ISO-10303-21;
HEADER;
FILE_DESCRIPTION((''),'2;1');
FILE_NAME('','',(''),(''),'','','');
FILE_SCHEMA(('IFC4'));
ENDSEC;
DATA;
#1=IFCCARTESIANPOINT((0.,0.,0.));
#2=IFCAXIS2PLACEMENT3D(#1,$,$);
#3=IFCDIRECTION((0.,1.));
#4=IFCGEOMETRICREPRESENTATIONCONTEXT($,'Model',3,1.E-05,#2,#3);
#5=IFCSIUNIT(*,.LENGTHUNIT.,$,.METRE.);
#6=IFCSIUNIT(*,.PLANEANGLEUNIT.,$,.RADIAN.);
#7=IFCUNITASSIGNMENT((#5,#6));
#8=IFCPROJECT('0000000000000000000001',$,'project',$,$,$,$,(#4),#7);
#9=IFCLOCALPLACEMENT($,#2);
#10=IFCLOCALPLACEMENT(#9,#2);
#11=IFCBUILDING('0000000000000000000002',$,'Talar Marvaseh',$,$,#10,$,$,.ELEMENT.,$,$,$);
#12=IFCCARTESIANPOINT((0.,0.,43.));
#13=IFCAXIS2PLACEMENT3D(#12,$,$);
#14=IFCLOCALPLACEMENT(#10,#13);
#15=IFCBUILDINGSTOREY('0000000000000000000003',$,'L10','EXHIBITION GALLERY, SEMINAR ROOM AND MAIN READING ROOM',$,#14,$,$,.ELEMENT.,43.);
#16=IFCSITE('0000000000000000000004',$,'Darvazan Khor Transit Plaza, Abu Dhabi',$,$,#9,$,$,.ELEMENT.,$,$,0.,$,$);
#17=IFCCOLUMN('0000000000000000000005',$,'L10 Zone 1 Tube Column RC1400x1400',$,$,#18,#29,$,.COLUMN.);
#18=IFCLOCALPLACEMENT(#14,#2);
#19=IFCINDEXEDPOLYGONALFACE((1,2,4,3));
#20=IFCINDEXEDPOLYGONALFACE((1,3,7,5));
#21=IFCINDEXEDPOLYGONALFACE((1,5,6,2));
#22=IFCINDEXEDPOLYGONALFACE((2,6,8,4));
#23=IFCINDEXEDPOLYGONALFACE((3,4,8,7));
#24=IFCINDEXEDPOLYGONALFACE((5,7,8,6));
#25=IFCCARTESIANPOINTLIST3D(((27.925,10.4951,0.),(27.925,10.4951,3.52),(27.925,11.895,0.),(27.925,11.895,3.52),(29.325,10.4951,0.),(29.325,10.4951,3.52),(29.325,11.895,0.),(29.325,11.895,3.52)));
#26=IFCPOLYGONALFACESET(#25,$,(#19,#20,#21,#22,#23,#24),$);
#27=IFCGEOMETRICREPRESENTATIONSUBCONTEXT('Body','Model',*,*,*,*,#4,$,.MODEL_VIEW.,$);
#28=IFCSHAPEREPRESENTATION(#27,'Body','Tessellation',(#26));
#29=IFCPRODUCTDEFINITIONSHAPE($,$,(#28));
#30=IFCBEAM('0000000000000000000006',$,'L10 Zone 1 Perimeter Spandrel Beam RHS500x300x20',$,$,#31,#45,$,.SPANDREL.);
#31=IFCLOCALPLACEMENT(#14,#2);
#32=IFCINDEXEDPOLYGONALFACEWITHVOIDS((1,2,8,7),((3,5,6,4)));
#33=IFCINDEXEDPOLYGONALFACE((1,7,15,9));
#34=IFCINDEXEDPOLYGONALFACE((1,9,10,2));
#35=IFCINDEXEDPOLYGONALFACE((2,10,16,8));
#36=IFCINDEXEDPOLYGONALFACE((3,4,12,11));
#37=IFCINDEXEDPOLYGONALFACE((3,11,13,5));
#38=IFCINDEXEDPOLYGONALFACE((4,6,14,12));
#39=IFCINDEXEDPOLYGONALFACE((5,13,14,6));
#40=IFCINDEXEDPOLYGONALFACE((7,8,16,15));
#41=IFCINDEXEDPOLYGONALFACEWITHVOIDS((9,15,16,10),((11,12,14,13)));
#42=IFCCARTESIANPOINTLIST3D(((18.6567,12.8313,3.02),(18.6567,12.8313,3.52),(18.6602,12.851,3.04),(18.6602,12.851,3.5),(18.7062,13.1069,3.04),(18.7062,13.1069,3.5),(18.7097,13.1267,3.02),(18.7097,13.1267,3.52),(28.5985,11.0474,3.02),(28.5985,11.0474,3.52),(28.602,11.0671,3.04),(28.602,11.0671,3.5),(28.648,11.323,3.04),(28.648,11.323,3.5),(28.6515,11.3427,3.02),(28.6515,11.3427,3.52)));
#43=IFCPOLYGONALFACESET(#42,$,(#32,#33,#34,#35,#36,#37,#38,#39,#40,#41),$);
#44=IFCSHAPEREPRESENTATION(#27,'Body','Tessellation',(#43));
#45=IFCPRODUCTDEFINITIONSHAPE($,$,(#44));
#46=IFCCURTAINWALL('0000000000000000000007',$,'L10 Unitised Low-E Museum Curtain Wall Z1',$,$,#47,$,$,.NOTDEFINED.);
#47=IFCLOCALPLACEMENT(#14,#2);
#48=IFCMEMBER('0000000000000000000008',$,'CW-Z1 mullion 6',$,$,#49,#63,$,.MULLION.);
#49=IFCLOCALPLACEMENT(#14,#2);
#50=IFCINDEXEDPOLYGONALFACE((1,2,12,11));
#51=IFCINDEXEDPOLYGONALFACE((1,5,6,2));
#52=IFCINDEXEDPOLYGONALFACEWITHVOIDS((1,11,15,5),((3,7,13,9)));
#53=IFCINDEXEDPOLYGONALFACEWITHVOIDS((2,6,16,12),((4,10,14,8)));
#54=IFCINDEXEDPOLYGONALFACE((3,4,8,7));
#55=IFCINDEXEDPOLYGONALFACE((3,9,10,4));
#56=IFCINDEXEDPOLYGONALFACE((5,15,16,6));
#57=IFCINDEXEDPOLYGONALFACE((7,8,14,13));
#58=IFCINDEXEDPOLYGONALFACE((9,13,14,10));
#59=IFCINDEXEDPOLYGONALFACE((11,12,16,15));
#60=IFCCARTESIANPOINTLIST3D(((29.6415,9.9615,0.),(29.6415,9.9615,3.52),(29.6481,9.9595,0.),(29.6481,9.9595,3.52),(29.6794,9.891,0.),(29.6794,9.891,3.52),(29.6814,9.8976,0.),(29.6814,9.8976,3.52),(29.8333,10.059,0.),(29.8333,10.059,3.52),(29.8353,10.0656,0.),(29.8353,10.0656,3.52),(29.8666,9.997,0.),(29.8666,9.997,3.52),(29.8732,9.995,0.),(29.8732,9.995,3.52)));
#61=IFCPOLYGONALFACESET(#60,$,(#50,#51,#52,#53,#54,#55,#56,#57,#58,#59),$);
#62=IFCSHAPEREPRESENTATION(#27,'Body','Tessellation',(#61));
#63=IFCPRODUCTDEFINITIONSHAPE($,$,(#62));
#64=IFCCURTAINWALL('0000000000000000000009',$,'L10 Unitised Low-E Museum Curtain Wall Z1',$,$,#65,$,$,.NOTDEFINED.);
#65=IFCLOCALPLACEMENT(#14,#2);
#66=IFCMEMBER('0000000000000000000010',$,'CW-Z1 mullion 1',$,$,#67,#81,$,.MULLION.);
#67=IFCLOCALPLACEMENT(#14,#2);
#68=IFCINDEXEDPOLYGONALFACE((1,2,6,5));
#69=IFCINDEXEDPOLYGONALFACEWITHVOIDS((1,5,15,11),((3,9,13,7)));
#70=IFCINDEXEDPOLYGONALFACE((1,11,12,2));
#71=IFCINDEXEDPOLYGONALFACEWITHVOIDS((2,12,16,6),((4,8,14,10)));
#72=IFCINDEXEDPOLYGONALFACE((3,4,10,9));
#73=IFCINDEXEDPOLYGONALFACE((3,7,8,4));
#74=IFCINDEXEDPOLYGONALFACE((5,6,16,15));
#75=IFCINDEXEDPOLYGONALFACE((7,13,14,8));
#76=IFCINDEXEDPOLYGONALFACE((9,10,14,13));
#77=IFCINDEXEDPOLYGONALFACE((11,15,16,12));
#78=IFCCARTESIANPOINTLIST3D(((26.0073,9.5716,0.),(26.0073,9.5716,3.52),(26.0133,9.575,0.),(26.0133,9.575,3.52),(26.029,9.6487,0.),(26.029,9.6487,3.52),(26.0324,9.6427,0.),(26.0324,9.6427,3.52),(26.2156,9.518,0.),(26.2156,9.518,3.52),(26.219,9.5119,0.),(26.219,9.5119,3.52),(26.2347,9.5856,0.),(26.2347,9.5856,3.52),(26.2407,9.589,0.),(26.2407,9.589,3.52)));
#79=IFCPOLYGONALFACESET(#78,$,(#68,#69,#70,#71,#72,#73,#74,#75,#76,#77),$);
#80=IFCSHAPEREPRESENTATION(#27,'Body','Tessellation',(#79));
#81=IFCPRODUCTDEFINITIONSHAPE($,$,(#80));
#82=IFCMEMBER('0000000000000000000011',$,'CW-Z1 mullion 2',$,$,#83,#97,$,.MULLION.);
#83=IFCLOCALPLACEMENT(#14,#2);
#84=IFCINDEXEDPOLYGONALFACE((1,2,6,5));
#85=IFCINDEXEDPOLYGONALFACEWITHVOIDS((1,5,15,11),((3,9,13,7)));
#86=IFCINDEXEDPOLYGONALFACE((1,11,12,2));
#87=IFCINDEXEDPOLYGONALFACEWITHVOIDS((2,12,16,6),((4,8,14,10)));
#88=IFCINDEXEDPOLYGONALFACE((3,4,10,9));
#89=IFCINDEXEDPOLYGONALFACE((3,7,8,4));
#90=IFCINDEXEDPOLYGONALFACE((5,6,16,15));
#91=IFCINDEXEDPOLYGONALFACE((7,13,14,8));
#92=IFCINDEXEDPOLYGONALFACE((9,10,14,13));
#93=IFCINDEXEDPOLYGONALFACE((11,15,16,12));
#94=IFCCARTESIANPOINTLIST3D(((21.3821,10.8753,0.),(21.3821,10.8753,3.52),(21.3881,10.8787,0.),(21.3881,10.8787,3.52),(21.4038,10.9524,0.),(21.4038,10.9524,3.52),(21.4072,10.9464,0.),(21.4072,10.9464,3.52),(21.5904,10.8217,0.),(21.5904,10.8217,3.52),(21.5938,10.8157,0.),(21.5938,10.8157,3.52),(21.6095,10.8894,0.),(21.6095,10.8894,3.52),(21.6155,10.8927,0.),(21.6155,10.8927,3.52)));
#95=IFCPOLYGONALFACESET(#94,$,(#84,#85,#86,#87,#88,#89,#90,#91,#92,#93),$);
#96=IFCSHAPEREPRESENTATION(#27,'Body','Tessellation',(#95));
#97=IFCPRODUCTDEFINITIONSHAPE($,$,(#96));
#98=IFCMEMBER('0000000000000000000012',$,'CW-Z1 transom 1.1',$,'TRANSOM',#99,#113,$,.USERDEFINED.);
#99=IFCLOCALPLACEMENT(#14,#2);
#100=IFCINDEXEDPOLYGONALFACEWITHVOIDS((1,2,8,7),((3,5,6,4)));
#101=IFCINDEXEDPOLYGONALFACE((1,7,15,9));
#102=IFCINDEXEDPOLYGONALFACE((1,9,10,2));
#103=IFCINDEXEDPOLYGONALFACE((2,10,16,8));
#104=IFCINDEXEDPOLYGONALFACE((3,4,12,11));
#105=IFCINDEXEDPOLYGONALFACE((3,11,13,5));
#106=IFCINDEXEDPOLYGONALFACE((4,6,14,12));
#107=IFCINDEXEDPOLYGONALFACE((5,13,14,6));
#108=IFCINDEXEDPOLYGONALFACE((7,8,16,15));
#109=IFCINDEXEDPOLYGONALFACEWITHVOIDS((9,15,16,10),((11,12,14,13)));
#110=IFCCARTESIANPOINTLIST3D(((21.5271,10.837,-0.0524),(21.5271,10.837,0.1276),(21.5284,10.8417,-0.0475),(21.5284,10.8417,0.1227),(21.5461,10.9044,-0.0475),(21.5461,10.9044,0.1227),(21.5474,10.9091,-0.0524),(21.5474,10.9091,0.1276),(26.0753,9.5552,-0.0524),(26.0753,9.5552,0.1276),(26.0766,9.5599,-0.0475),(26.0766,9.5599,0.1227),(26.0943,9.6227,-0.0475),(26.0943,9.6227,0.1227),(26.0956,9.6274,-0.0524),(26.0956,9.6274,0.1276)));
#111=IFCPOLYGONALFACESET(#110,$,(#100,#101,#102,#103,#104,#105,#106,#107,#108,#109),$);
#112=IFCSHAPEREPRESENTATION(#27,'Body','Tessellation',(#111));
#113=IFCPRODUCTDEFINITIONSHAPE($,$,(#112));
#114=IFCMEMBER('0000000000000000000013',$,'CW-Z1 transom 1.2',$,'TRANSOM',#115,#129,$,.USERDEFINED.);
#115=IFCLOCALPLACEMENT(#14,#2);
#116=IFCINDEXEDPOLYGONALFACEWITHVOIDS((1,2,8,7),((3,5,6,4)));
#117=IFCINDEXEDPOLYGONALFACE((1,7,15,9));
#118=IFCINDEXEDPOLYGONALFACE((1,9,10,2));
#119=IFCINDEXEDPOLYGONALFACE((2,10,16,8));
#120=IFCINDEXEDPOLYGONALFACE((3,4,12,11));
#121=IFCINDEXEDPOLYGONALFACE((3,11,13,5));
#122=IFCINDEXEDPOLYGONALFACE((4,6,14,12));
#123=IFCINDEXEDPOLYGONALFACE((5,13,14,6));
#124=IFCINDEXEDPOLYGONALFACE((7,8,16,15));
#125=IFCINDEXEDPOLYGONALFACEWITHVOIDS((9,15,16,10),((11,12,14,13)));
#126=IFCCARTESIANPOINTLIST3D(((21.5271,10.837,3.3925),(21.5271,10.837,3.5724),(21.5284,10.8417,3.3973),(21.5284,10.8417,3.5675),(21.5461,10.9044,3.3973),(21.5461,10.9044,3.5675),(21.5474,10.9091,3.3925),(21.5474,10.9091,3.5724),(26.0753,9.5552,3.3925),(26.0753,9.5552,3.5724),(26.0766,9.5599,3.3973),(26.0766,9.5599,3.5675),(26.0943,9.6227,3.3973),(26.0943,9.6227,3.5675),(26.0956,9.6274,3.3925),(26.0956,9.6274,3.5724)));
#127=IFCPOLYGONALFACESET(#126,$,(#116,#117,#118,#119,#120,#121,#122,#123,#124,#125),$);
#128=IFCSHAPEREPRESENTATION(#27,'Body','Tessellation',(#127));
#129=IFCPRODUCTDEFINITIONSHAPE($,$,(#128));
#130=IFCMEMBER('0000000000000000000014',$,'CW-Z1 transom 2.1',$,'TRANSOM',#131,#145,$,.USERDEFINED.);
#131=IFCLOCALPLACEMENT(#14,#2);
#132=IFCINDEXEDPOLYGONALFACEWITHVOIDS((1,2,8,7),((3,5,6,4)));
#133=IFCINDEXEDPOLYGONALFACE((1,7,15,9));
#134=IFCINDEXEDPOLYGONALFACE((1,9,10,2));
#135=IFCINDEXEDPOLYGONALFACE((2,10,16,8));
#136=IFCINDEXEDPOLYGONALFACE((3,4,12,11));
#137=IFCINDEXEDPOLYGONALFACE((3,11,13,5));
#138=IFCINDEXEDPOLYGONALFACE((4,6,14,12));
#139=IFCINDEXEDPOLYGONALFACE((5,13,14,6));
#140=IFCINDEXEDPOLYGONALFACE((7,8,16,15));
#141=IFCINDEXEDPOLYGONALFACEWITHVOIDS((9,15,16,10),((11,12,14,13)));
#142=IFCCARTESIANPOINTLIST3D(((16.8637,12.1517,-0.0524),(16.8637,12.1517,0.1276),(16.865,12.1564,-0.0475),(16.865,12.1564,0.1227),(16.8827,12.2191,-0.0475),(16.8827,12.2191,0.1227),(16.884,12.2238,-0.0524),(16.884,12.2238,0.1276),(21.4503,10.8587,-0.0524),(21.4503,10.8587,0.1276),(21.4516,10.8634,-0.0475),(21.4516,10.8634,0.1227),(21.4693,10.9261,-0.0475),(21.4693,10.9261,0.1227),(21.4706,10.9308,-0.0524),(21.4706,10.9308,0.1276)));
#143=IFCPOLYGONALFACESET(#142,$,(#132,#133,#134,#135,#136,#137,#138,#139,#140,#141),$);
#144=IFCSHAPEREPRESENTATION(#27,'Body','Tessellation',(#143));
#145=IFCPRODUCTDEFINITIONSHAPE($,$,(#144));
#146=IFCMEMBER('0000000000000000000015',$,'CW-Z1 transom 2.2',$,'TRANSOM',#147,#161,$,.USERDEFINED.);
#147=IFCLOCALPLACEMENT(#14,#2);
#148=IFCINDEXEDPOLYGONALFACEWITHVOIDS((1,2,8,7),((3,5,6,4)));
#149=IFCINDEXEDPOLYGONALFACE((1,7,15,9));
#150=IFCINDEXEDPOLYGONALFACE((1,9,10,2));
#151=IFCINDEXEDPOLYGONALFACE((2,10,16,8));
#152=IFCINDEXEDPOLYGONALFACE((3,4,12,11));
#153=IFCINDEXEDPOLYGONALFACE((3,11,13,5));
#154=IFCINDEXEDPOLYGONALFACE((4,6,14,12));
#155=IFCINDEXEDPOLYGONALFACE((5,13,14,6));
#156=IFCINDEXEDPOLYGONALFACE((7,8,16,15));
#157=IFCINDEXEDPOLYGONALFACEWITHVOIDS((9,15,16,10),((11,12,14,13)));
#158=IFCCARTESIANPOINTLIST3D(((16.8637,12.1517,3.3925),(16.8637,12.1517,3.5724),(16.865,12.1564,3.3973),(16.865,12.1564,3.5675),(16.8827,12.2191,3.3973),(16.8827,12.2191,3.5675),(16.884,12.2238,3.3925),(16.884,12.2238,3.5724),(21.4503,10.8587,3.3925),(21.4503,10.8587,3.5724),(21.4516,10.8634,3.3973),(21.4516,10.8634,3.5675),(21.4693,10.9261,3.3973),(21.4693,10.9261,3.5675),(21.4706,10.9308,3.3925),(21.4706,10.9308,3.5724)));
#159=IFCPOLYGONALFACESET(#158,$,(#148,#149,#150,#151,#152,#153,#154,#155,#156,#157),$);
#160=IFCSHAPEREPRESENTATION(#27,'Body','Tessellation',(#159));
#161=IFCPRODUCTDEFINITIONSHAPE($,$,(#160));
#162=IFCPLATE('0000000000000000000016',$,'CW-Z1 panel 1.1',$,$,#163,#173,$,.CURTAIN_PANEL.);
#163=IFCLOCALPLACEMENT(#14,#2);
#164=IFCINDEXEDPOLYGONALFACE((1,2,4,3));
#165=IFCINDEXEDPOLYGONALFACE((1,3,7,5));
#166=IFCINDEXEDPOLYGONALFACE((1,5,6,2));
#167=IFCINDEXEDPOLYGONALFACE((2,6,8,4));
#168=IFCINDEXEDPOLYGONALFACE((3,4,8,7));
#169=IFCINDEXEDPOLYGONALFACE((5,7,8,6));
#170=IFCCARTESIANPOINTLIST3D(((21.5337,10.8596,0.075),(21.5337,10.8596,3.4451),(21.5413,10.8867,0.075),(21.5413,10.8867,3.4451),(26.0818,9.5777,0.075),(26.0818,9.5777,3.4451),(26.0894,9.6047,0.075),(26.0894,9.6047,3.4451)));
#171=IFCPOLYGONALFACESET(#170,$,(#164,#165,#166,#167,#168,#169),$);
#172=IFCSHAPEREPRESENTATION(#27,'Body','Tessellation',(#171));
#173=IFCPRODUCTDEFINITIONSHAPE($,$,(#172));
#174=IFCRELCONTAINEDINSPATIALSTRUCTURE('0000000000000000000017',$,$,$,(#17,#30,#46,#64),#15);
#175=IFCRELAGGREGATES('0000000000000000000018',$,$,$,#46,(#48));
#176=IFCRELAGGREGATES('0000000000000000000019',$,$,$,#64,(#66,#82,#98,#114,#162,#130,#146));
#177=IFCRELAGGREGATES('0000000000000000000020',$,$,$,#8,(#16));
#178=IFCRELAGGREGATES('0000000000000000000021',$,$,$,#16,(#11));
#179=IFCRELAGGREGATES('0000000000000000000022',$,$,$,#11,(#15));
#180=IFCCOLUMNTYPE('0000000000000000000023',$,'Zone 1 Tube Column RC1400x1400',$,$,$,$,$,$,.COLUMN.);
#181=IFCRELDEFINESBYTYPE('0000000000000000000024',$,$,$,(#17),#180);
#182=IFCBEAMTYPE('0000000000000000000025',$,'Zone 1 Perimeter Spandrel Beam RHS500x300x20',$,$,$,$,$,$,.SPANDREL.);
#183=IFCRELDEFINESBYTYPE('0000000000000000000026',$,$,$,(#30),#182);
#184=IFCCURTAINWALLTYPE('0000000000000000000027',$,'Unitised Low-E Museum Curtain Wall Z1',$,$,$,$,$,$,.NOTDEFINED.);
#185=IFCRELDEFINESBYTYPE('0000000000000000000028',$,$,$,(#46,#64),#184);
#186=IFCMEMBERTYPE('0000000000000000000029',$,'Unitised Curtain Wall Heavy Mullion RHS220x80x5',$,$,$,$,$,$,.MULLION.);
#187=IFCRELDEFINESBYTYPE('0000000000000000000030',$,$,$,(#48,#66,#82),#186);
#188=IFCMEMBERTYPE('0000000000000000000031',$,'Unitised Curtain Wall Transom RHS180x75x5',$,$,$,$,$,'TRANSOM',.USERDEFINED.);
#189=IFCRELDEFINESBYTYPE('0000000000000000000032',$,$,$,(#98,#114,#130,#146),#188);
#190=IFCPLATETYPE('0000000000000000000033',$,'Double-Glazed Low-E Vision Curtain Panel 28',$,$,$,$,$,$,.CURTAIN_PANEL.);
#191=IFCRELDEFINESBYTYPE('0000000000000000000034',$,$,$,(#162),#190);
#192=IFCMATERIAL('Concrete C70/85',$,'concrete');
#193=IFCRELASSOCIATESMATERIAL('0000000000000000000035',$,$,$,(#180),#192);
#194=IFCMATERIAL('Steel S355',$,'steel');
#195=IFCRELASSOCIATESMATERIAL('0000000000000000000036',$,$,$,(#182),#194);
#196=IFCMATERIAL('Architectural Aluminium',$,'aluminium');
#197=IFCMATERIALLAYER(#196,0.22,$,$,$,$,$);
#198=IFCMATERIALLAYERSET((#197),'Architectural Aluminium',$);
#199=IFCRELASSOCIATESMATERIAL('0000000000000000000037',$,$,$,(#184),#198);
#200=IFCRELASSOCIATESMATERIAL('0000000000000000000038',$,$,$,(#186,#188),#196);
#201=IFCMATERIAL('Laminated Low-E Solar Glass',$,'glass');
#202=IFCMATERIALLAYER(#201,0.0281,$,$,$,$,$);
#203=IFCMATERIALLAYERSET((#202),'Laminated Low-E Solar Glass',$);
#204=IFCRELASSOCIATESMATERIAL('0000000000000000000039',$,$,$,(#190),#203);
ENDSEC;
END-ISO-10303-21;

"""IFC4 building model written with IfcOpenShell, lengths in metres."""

from ifc_helpers import new_model, si_unit, direction, frame, origin, origin_2d, place, context, subcontext, project, spatial, rectangle, hollow_rectangle, extrude, source, transform, mapped, material, layer, layer_set, material_profile, profile_set, type_object, type_shapes, element, aggregate, save


model = new_model("IFC4")

# Units and contexts
model_context = context("Model", 3, precision=1e-05, world=origin(), true_north=direction((0.0, 1.0)))
body_context = subcontext(model_context, "Body", "Model", "MODEL_VIEW")
ifc_project = project(units=[si_unit("LENGTHUNIT", "METRE"), si_unit("PLANEANGLEUNIT", "RADIAN")], contexts=[model_context])

# Site, building, storey
site_placement = place(None, origin())
site = spatial("IfcSite", under=ifc_project, at=site_placement, Name="Darvazan Khor Transit Plaza, Abu Dhabi", CompositionType="ELEMENT", RefElevation=0.0)
building_placement = place(site_placement, origin())
building = spatial("IfcBuilding", under=site, at=building_placement, Name="Talar Marvaseh", CompositionType="ELEMENT")
storey_placement = place(building_placement, frame((0.0, 0.0, 43.0)))
storey = spatial("IfcBuildingStorey", under=building, at=storey_placement, Name="L10", Description="EXHIBITION GALLERY, SEMINAR ROOM AND MAIN READING ROOM", CompositionType="ELEMENT", Elevation=43.0)

# Column
ifc_material_1 = material(Name="Concrete C70/85", Category="concrete")
ifc_material_profile_1 = material_profile(ifc_material_1, rectangle(XDim=1.3999, YDim=1.3999, at=origin_2d()), Name="RC1400x1400")
ifc_profile_set_1 = profile_set([ifc_material_profile_1], Name="Concrete C70/85")
column_type = type_object("IfcColumnType", Name="Zone 1 Tube Column RC1400x1400", PredefinedType="COLUMN", material=ifc_profile_set_1)
column_placement = place(storey_placement, frame((28.625, 11.1951, 0.0), z_axis=(0.0, 0.0, 1.0), x_axis=(1.0, 0.0, 0.0)))
element("IfcColumn", 1, at=column_placement, inside=storey, type_object=column_type, Name="L10 Zone 1 Tube Column RC1400x1400", PredefinedType="COLUMN", context=body_context, shape_type="SweptSolid", body=[
    extrude(rectangle(XDim=1.3999, YDim=1.3999, at=origin_2d()), origin(), (0.0, 0.0, 1.0), 3.52),
])

# Beam
ifc_material_2 = material(Name="Steel S355", Category="steel")
ifc_material_profile_2 = material_profile(ifc_material_2, hollow_rectangle(XDim=0.3, YDim=0.5, WallThickness=0.02, at=origin_2d()), Name="RHS500x300x20")
ifc_profile_set_2 = profile_set([ifc_material_profile_2], Name="Steel S355")
beam_type = type_object("IfcBeamType", Name="Zone 1 Perimeter Spandrel Beam RHS500x300x20", PredefinedType="SPANDREL", material=ifc_profile_set_2)
beam_placement = place(storey_placement, frame((28.625, 11.1951, 3.27), z_axis=(-0.98428, 0.176615, 0.0), x_axis=(-0.176615, -0.98428, 0.0)))
element("IfcBeam", 2, at=beam_placement, inside=storey, type_object=beam_type, Name="L10 Zone 1 Perimeter Spandrel Beam RHS500x300x20", PredefinedType="SPANDREL", context=body_context, shape_type="SweptSolid", body=[
    extrude(hollow_rectangle(XDim=0.3, YDim=0.5, WallThickness=0.02, at=origin_2d()), origin(), (0.0, 0.0, 1.0), 10.1006),
])

# Curtain wall, member
ifc_material_3 = material(Name="Architectural Aluminium", Category="aluminium")
ifc_layer_1 = layer(ifc_material_3, 0.22)
ifc_layer_set_1 = layer_set([ifc_layer_1], Name="Architectural Aluminium")
curtain_wall_type = type_object("IfcCurtainWallType", Name="Unitised Low-E Museum Curtain Wall Z1", PredefinedType="NOTDEFINED", material=ifc_layer_set_1)
curtain_wall_1_placement = place(storey_placement, origin())
curtain_wall_1 = element("IfcCurtainWall", 3, at=curtain_wall_1_placement, inside=storey, type_object=curtain_wall_type, Name="L10 Unitised Low-E Museum Curtain Wall Z1", PredefinedType="NOTDEFINED")
ifc_material_profile_3 = material_profile(ifc_material_3, hollow_rectangle(XDim=0.0801, YDim=0.22, WallThickness=0.0049, at=origin_2d()), Name="RHS220x80x5")
ifc_profile_set_3 = profile_set([ifc_material_profile_3], Name="Architectural Aluminium")
member_type_1 = type_object("IfcMemberType", Name="Unitised Curtain Wall Heavy Mullion RHS220x80x5", PredefinedType="MULLION", material=ifc_profile_set_3)
shared_shape_1 = source(origin(), body_context, "Body", "SweptSolid", [
    extrude(hollow_rectangle(XDim=0.0801, YDim=0.22, WallThickness=0.0049, at=origin_2d()), origin(), (0.0, 0.0, 1.0), 3.52),
])
type_shapes(member_type_1, [shared_shape_1])
member_1_placement = place(storey_placement, frame((29.7573, 9.9783, 0.0), z_axis=(0.0, 0.0, 1.0), x_axis=(0.473185, -0.880963, 0.0)))
member_1 = element("IfcMember", 4, at=member_1_placement, type_object=member_type_1, Name="CW-Z1 mullion 6", PredefinedType="MULLION", context=body_context, shape_type="MappedRepresentation", body=[
    mapped(shared_shape_1, transform((0.0, 0.0, 0.0), x_axis=(1.0, 0.0, 0.0), y_axis=(0.0, 1.0, 0.0), z_axis=(0.0, 0.0, 1.0), scale=1.0)),
])
aggregate(curtain_wall_1, [member_1])

# Curtain wall, members, plate
curtain_wall_2_placement = place(storey_placement, origin())
curtain_wall_2 = element("IfcCurtainWall", 5, at=curtain_wall_2_placement, inside=storey, type_object=curtain_wall_type, Name="L10 Unitised Low-E Museum Curtain Wall Z1", PredefinedType="NOTDEFINED")
member_2_placement = place(storey_placement, frame((26.124, 9.5803, 0.0), z_axis=(0.0, 0.0, 1.0), x_axis=(-0.271292, -0.962497, 0.0)))
member_2 = element("IfcMember", 6, at=member_2_placement, type_object=member_type_1, Name="CW-Z1 mullion 1", PredefinedType="MULLION", context=body_context, shape_type="MappedRepresentation", body=[
    mapped(shared_shape_1, transform((0.0, 0.0, 0.0), x_axis=(1.0, 0.0, 0.0), y_axis=(0.0, 1.0, 0.0), z_axis=(0.0, 0.0, 1.0), scale=1.0)),
])
member_3_placement = place(storey_placement, frame((21.4988, 10.884, 0.0), z_axis=(0.0, 0.0, 1.0), x_axis=(-0.271292, -0.962497, 0.0)))
member_3 = element("IfcMember", 7, at=member_3_placement, type_object=member_type_1, Name="CW-Z1 mullion 2", PredefinedType="MULLION", context=body_context, shape_type="MappedRepresentation", body=[
    mapped(shared_shape_1, transform((0.0, 0.0, 0.0), x_axis=(1.0, 0.0, 0.0), y_axis=(0.0, 1.0, 0.0), z_axis=(0.0, 0.0, 1.0), scale=1.0)),
])
ifc_material_profile_4 = material_profile(ifc_material_3, hollow_rectangle(XDim=0.075, YDim=0.1799, WallThickness=0.0049, at=origin_2d()), Name="RHS180x75x5")
ifc_profile_set_4 = profile_set([ifc_material_profile_4], Name="Architectural Aluminium")
member_type_2 = type_object("IfcMemberType", Name="Unitised Curtain Wall Transom RHS180x75x5", ElementType="TRANSOM", PredefinedType="USERDEFINED", material=ifc_profile_set_4)
shared_shape_2 = source(origin(), body_context, "Body", "SweptSolid", [
    extrude(hollow_rectangle(XDim=0.075, YDim=0.1799, WallThickness=0.0049, at=origin_2d()), origin(), (0.0, 0.0, 1.0), 4.7253),
])
member_4_placement = place(storey_placement, frame((26.0854, 9.5913, 0.0376), z_axis=(-0.962508, 0.271253, 0.0), x_axis=(-0.271253, -0.962508, 0.0)))
member_4 = element("IfcMember", 8, at=member_4_placement, type_object=member_type_2, Name="CW-Z1 transom 1.1", ObjectType="TRANSOM", PredefinedType="USERDEFINED", context=body_context, shape_type="MappedRepresentation", body=[
    mapped(shared_shape_2, transform((0.0, 0.0, 0.0), x_axis=(1.0, 0.0, 0.0), y_axis=(0.0, 1.0, 0.0), z_axis=(0.0, 0.0, 1.0), scale=1.0)),
])
member_5_placement = place(storey_placement, frame((26.0854, 9.5913, 3.4824), z_axis=(-0.962508, 0.271253, 0.0), x_axis=(-0.271253, -0.962508, 0.0)))
member_5 = element("IfcMember", 9, at=member_5_placement, type_object=member_type_2, Name="CW-Z1 transom 1.2", ObjectType="TRANSOM", PredefinedType="USERDEFINED", context=body_context, shape_type="MappedRepresentation", body=[
    mapped(shared_shape_2, transform((0.0, 0.0, 0.0), x_axis=(1.0, 0.0, 0.0), y_axis=(0.0, 1.0, 0.0), z_axis=(0.0, 0.0, 1.0), scale=1.0)),
])
shared_shape_3 = source(origin(), body_context, "Body", "SweptSolid", [
    extrude(hollow_rectangle(XDim=0.075, YDim=0.1799, WallThickness=0.0049, at=origin_2d()), origin(), (0.0, 0.0, 1.0), 4.7654),
])
type_shapes(member_type_2, [shared_shape_2, shared_shape_3])
member_6_placement = place(storey_placement, frame((21.4604, 10.8948, 0.0376), z_axis=(-0.962488, 0.271323, 0.0), x_axis=(-0.271323, -0.962488, 0.0)))
member_6 = element("IfcMember", 10, at=member_6_placement, type_object=member_type_2, Name="CW-Z1 transom 2.1", ObjectType="TRANSOM", PredefinedType="USERDEFINED", context=body_context, shape_type="MappedRepresentation", body=[
    mapped(shared_shape_3, transform((0.0, 0.0, 0.0), x_axis=(1.0, 0.0, 0.0), y_axis=(0.0, 1.0, 0.0), z_axis=(0.0, 0.0, 1.0), scale=1.0)),
])
member_7_placement = place(storey_placement, frame((21.4604, 10.8948, 3.4824), z_axis=(-0.962488, 0.271323, 0.0), x_axis=(-0.271323, -0.962488, 0.0)))
member_7 = element("IfcMember", 11, at=member_7_placement, type_object=member_type_2, Name="CW-Z1 transom 2.2", ObjectType="TRANSOM", PredefinedType="USERDEFINED", context=body_context, shape_type="MappedRepresentation", body=[
    mapped(shared_shape_3, transform((0.0, 0.0, 0.0), x_axis=(1.0, 0.0, 0.0), y_axis=(0.0, 1.0, 0.0), z_axis=(0.0, 0.0, 1.0), scale=1.0)),
])
ifc_material_4 = material(Name="Laminated Low-E Solar Glass", Category="glass")
ifc_layer_2 = layer(ifc_material_4, 0.0281)
ifc_layer_set_2 = layer_set([ifc_layer_2], Name="Laminated Low-E Solar Glass")
plate_type = type_object("IfcPlateType", Name="Double-Glazed Low-E Vision Curtain Panel 28", PredefinedType="CURTAIN_PANEL", material=ifc_layer_set_2)
shared_shape_4 = source(origin(), body_context, "Body", "SweptSolid", [
    extrude(rectangle(XDim=4.7253, YDim=0.0281, at=origin_2d()), origin(), (0.0, 0.0, 1.0), 3.3701),
])
type_shapes(plate_type, [shared_shape_4])
plate_placement = place(storey_placement, frame((23.8115, 10.2322, 0.075), z_axis=(0.0, 0.0, 1.0), x_axis=(-0.962497, 0.271292, 0.0)))
plate = element("IfcPlate", 12, at=plate_placement, type_object=plate_type, Name="CW-Z1 panel 1.1", PredefinedType="CURTAIN_PANEL", context=body_context, shape_type="MappedRepresentation", body=[
    mapped(shared_shape_4, transform((0.0, 0.0, 0.0), x_axis=(1.0, 0.0, 0.0), y_axis=(0.0, 1.0, 0.0), z_axis=(0.0, 0.0, 1.0), scale=1.0)),
])
aggregate(curtain_wall_2, [member_2, member_3, member_4, member_5, plate, member_6, member_7])

save(model, "model.ifc")
